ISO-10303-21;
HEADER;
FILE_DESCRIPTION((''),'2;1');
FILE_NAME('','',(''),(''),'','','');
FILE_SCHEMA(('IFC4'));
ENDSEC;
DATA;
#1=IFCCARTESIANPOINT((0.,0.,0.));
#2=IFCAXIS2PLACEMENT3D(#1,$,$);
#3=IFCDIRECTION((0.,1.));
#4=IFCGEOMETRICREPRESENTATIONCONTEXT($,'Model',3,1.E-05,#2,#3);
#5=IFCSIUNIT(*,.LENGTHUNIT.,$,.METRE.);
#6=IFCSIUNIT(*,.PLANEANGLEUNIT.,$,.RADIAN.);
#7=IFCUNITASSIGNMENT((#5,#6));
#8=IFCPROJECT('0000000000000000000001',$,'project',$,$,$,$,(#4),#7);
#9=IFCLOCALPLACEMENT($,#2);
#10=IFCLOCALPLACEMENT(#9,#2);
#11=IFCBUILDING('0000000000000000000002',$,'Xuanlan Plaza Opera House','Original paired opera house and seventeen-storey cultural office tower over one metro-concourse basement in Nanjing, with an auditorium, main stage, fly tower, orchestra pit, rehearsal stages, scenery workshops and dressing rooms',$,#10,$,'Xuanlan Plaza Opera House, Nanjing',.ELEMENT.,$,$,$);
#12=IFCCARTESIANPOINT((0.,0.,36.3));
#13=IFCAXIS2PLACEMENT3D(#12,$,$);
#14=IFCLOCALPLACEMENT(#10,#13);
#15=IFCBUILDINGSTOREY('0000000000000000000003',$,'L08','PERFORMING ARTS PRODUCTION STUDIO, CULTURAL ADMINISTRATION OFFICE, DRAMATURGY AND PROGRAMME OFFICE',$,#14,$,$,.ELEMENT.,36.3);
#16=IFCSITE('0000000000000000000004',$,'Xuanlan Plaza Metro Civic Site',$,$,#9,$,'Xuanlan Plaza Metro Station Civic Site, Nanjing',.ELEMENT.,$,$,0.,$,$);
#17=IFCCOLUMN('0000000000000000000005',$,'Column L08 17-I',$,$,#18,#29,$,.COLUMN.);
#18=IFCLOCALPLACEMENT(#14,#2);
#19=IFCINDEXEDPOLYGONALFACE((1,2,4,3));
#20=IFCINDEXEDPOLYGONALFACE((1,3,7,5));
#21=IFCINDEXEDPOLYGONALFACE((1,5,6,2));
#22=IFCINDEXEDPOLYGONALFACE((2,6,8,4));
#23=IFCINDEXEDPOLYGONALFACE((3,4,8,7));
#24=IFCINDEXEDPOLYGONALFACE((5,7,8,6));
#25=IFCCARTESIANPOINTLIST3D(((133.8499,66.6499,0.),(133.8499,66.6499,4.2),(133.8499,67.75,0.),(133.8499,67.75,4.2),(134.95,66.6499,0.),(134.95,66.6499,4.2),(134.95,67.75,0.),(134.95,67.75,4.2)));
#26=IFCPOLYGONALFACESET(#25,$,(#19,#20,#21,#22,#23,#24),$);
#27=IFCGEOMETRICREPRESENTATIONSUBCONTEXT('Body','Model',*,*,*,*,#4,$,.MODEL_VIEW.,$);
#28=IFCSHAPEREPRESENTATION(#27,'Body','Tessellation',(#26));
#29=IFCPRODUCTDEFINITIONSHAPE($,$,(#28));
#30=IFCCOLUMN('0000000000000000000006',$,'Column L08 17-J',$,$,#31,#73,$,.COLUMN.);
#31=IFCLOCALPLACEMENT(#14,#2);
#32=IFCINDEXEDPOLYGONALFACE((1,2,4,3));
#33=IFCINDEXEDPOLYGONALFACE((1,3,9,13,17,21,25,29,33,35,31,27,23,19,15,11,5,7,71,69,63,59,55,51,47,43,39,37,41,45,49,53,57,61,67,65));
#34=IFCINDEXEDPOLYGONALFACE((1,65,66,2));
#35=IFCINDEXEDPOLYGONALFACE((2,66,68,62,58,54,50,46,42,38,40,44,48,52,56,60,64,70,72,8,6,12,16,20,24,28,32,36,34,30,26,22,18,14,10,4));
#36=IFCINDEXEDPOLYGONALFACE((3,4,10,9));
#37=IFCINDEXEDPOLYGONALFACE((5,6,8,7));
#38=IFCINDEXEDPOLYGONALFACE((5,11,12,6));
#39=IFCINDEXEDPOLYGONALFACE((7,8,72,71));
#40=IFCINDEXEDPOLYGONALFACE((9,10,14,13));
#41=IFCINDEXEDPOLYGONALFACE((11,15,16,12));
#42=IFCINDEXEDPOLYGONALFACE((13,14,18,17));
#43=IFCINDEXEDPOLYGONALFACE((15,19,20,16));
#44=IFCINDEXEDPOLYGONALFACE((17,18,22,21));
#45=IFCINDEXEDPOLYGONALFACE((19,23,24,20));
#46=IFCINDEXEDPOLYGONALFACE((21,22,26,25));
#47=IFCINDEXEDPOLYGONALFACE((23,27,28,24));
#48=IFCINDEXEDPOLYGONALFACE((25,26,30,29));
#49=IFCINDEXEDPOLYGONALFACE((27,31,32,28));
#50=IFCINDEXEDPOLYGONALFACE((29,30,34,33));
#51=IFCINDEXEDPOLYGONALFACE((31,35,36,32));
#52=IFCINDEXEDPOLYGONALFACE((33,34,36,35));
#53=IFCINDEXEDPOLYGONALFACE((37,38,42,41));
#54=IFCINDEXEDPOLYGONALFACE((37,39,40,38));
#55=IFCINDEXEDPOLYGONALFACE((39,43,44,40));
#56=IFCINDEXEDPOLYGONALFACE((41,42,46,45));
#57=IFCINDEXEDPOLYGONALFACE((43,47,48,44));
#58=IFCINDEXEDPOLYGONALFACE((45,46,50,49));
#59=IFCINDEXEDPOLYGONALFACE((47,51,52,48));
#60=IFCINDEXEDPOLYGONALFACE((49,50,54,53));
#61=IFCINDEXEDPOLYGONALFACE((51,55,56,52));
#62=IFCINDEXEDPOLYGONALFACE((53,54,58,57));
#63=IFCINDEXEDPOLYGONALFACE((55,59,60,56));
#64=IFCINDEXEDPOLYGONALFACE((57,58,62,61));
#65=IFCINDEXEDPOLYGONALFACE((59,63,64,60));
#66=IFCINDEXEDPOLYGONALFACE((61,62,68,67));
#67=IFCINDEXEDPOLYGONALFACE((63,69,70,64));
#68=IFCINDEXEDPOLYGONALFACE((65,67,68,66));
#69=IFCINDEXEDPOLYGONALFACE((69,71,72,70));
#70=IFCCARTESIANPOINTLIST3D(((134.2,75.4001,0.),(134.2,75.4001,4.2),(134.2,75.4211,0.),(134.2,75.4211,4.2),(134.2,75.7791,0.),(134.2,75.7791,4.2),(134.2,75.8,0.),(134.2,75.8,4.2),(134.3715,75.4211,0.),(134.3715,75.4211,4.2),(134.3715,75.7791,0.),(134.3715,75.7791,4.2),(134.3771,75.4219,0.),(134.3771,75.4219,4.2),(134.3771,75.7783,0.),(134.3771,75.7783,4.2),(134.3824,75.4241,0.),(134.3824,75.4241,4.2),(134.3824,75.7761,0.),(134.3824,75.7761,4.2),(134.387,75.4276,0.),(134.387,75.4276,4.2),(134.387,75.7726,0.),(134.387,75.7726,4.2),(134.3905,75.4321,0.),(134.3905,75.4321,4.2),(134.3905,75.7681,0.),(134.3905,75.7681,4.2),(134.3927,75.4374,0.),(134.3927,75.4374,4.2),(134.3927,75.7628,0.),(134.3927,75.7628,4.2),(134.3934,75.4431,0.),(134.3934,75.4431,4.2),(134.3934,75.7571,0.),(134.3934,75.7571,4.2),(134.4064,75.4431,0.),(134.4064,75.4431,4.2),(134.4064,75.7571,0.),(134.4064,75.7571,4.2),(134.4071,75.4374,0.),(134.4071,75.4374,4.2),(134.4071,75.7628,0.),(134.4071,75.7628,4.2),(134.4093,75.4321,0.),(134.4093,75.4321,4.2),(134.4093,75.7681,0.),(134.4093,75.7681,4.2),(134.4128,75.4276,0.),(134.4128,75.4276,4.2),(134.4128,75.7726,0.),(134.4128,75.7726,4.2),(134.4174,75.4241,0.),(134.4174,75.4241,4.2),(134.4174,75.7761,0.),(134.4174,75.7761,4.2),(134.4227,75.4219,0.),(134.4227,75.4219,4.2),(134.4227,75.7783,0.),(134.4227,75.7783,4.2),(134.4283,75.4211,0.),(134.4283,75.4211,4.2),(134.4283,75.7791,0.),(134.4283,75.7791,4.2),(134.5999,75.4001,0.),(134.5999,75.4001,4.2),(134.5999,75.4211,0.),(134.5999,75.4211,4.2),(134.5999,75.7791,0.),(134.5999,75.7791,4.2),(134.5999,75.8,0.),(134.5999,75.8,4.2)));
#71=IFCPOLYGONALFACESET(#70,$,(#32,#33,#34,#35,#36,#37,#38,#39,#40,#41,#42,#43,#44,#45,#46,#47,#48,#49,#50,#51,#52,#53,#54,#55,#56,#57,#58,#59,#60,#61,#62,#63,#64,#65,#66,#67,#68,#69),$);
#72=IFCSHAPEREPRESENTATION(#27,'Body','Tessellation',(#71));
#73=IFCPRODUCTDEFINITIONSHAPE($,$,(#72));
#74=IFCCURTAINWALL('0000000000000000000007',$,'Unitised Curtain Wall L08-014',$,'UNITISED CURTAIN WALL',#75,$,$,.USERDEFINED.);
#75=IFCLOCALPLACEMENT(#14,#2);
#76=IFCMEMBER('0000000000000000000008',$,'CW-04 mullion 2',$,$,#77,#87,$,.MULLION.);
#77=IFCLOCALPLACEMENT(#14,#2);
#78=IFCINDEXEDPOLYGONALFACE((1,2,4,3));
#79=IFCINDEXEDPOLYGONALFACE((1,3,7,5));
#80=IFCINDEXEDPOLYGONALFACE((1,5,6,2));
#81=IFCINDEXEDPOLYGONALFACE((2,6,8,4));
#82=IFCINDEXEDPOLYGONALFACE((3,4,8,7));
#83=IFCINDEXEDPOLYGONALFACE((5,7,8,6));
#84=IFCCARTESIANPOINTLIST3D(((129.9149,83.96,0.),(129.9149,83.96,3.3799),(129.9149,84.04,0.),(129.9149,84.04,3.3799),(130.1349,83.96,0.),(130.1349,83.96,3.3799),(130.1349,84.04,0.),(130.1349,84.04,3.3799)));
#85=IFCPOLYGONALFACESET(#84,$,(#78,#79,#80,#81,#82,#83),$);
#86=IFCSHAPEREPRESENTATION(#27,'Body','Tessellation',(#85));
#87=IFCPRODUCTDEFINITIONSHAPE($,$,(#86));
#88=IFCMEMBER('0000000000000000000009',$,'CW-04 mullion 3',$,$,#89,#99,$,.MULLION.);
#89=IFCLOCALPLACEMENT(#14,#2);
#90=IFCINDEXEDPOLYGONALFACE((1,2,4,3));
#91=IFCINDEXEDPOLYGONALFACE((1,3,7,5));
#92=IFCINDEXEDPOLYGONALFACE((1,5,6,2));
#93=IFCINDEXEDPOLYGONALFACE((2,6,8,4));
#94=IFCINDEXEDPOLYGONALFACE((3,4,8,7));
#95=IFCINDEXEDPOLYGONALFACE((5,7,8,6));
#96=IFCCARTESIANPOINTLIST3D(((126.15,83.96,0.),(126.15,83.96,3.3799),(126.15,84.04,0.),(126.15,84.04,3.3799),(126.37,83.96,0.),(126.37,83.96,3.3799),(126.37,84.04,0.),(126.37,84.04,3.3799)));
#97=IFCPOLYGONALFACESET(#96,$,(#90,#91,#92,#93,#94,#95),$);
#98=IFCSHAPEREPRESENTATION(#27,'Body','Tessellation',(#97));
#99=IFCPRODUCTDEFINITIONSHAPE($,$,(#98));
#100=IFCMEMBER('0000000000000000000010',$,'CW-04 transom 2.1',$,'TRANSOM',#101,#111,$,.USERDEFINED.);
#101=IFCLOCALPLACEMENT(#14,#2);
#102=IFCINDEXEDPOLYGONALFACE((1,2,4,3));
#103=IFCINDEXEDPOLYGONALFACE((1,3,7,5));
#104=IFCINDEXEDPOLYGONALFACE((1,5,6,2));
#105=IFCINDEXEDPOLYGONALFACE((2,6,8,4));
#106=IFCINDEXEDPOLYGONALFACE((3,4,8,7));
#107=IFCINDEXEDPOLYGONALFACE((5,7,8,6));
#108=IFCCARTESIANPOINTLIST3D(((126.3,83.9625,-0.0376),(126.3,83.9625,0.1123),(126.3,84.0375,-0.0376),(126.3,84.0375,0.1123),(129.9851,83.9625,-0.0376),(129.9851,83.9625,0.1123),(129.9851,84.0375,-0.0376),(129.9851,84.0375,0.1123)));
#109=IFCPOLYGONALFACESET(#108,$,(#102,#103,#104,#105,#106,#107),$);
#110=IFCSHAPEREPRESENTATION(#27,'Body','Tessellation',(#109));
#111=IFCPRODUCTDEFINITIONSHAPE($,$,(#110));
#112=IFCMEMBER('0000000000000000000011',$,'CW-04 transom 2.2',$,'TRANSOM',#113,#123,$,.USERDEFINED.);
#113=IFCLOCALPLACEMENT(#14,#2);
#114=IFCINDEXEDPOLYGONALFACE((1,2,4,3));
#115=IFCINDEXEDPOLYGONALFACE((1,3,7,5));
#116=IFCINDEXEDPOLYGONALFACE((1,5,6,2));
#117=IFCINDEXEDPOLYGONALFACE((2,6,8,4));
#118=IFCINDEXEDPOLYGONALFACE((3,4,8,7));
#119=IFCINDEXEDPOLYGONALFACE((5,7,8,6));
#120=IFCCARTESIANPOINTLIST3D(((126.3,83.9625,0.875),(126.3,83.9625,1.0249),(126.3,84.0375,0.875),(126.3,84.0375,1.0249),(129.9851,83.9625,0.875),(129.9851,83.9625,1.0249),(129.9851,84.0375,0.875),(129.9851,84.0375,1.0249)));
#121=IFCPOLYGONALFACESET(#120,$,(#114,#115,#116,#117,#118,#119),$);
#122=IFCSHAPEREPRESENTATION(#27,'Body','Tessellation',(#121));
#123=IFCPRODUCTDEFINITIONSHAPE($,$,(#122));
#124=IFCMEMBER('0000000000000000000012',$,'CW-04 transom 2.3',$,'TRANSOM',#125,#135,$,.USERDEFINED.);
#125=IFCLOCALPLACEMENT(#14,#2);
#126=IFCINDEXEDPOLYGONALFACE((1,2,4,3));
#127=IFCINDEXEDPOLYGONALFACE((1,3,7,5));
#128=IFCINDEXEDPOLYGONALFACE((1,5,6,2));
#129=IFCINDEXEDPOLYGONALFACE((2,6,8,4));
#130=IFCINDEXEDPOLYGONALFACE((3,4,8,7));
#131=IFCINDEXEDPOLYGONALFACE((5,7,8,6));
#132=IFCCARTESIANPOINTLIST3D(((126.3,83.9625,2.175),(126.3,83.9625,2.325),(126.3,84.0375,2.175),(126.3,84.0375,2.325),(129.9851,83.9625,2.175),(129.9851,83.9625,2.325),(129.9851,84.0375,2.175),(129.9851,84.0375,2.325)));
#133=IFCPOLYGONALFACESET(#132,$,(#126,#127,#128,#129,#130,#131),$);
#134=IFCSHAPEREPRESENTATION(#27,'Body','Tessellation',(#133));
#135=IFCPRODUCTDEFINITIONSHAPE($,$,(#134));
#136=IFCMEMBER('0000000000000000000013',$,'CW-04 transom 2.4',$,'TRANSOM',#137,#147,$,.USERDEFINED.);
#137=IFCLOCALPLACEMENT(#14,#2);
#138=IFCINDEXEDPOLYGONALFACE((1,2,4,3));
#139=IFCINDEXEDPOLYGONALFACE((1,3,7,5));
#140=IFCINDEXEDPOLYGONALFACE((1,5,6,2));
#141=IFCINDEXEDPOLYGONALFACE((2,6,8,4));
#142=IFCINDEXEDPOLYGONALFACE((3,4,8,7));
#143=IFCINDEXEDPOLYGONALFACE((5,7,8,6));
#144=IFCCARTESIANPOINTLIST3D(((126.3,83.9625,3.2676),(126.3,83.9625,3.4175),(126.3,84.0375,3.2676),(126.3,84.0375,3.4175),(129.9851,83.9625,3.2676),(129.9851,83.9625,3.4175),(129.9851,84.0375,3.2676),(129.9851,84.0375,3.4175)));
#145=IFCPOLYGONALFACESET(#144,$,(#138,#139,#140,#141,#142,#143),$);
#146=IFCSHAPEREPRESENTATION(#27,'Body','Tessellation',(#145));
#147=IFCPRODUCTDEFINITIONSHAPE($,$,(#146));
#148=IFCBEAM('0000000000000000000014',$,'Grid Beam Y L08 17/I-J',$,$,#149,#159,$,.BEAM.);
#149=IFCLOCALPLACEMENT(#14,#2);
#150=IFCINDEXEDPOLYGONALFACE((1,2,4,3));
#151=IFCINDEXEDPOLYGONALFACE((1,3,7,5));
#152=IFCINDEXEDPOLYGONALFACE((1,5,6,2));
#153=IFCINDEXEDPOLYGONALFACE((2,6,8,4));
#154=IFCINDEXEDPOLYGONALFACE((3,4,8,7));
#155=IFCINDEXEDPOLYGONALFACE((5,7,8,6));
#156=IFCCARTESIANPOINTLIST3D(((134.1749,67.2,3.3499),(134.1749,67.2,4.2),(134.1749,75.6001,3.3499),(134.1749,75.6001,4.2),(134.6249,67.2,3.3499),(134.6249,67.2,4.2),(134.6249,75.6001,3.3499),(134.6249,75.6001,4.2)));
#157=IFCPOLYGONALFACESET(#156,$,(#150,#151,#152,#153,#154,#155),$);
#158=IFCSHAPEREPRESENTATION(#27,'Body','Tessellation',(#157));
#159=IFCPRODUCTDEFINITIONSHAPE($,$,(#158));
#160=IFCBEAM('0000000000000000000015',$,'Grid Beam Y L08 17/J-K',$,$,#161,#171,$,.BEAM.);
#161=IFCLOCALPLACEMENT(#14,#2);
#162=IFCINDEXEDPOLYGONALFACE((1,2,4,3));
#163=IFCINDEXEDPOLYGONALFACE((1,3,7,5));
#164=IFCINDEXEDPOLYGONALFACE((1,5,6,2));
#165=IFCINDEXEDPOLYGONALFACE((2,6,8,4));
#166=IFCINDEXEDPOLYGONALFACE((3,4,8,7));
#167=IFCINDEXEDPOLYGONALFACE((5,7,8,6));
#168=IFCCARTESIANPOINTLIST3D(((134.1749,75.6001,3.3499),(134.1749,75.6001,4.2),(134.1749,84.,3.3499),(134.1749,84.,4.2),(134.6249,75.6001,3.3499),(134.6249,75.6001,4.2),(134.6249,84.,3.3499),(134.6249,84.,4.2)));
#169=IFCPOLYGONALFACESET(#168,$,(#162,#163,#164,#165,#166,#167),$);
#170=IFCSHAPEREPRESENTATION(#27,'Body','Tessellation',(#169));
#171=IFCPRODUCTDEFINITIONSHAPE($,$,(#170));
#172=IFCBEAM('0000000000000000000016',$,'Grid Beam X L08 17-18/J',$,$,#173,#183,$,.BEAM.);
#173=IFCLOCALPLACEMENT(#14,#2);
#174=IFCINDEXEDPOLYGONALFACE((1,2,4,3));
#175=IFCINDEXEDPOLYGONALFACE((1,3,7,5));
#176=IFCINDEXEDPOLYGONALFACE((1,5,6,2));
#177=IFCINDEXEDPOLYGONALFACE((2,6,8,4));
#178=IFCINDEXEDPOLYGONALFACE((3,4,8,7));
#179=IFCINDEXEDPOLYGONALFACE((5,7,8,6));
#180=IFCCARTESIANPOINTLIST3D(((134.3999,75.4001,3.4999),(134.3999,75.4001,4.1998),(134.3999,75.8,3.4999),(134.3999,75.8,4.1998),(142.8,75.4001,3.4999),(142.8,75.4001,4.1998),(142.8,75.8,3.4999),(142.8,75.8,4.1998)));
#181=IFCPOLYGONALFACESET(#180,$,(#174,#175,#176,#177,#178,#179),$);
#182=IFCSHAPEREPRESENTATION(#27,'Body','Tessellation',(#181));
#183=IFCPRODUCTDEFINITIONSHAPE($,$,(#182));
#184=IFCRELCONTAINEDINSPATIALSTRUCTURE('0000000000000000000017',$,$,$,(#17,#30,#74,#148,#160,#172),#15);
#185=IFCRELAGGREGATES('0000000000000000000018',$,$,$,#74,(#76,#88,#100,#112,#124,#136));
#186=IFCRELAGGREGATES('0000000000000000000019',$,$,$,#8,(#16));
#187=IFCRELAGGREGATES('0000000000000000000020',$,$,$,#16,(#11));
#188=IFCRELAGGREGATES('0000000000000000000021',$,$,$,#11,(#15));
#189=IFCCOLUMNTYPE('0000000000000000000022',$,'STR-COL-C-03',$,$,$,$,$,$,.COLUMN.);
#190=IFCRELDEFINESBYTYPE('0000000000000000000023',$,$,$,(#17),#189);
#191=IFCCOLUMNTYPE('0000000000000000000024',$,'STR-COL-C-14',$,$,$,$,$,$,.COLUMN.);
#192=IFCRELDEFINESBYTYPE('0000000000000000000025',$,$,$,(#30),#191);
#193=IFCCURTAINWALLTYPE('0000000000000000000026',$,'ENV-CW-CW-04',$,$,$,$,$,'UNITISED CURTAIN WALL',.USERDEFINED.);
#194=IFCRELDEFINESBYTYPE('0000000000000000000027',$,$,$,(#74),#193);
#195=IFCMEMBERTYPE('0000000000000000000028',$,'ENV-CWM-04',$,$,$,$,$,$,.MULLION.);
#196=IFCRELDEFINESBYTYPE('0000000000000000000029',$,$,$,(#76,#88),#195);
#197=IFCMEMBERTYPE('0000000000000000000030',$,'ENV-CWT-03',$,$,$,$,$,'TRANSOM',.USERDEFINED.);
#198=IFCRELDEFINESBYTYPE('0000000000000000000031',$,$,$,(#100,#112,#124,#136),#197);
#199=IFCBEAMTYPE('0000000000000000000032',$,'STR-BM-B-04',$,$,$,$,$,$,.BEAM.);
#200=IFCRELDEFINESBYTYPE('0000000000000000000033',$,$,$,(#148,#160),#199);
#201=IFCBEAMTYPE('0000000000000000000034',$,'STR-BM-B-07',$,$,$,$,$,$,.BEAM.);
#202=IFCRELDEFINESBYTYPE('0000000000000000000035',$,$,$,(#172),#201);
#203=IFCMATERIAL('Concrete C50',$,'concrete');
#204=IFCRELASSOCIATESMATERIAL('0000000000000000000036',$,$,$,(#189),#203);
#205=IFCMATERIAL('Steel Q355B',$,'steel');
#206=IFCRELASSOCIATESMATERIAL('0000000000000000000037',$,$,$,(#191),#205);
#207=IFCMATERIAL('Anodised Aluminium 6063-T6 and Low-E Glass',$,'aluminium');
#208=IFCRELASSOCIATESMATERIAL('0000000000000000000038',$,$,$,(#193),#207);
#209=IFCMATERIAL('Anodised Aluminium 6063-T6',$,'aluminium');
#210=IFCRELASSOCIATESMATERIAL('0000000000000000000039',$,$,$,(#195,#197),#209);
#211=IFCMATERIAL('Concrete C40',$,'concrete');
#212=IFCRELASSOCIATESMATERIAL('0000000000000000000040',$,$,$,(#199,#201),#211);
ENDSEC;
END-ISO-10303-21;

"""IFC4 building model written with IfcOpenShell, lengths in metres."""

from ifc_helpers import new_model, si_unit, direction, frame, origin, origin_2d, place, context, subcontext, project, spatial, rectangle, i_section, extrude, material, material_profile, profile_set, type_object, element, aggregate, save


model = new_model("IFC4")

# Units and contexts
model_context = context("Model", 3, precision=1e-05, world=origin(), true_north=direction((0.0, 1.0)))
body_context = subcontext(model_context, "Body", "Model", "MODEL_VIEW")
ifc_project = project(units=[si_unit("LENGTHUNIT", "METRE"), si_unit("PLANEANGLEUNIT", "RADIAN")], contexts=[model_context])

# Site, building, storey
site_placement = place(None, origin())
site = spatial("IfcSite", under=ifc_project, at=site_placement, Name="Xuanlan Plaza Metro Civic Site", LongName="Xuanlan Plaza Metro Station Civic Site, Nanjing", CompositionType="ELEMENT", RefElevation=0.0)
building_placement = place(site_placement, origin())
building = spatial("IfcBuilding", under=site, at=building_placement, Name="Xuanlan Plaza Opera House", Description="Original paired opera house and seventeen-storey cultural office tower over one metro-concourse basement in Nanjing, with an auditorium, main stage, fly tower, orchestra pit, rehearsal stages, scenery workshops and dressing rooms", LongName="Xuanlan Plaza Opera House, Nanjing", CompositionType="ELEMENT")
storey_placement = place(building_placement, frame((0.0, 0.0, 36.3)))
storey = spatial("IfcBuildingStorey", under=building, at=storey_placement, Name="L08", Description="PERFORMING ARTS PRODUCTION STUDIO, CULTURAL ADMINISTRATION OFFICE, DRAMATURGY AND PROGRAMME OFFICE", CompositionType="ELEMENT", Elevation=36.3)

# Columns
ifc_material_1 = material(Name="Concrete C50", Category="concrete")
ifc_material_profile_1 = material_profile(ifc_material_1, rectangle(XDim=1.1001, YDim=1.1001, at=origin_2d()), Name="RC-COL 1100x1100")
ifc_profile_set_1 = profile_set([ifc_material_profile_1], Name="Concrete C50")
column_type_1 = type_object("IfcColumnType", Name="STR-COL-C-03", PredefinedType="COLUMN", material=ifc_profile_set_1)
column_1_placement = place(storey_placement, frame((134.3999, 67.2, 0.0), z_axis=(0.0, 0.0, 1.0), x_axis=(1.0, 0.0, 0.0)))
element("IfcColumn", 1, at=column_1_placement, inside=storey, type_object=column_type_1, Name="Column L08 17-I", PredefinedType="COLUMN", context=body_context, shape_type="SweptSolid", body=[
    extrude(rectangle(XDim=1.1001, YDim=1.1001, at=origin_2d()), origin(), (0.0, 0.0, 1.0), 4.2),
])
ifc_material_2 = material(Name="Steel Q355B", Category="steel")
ifc_material_profile_2 = material_profile(ifc_material_2, i_section(OverallWidth=0.3999, OverallDepth=0.3999, WebThickness=0.0129, FlangeThickness=0.021, FilletRadius=0.022, at=origin_2d()), Name="HW 400x400x13x21")
ifc_profile_set_2 = profile_set([ifc_material_profile_2], Name="Steel Q355B")
column_type_2 = type_object("IfcColumnType", Name="STR-COL-C-14", PredefinedType="COLUMN", material=ifc_profile_set_2)
column_2_placement = place(storey_placement, frame((134.3999, 75.6001, 0.0), z_axis=(0.0, 0.0, 1.0), x_axis=(1.0, 0.0, 0.0)))
element("IfcColumn", 2, at=column_2_placement, inside=storey, type_object=column_type_2, Name="Column L08 17-J", PredefinedType="COLUMN", context=body_context, shape_type="SweptSolid", body=[
    extrude(i_section(OverallWidth=0.3999, OverallDepth=0.3999, WebThickness=0.0129, FlangeThickness=0.021, FilletRadius=0.022, at=origin_2d()), origin(), (0.0, 0.0, 1.0), 4.2),
])

# Curtain wall, members
ifc_material_3 = material(Name="Anodised Aluminium 6063-T6 and Low-E Glass", Category="aluminium")
curtain_wall_type = type_object("IfcCurtainWallType", Name="ENV-CW-CW-04", ElementType="UNITISED CURTAIN WALL", PredefinedType="USERDEFINED", material=ifc_material_3)
curtain_wall_placement = place(storey_placement, origin())
curtain_wall = element("IfcCurtainWall", 3, at=curtain_wall_placement, inside=storey, type_object=curtain_wall_type, Name="Unitised Curtain Wall L08-014", ObjectType="UNITISED CURTAIN WALL", PredefinedType="USERDEFINED")
ifc_material_4 = material(Name="Anodised Aluminium 6063-T6", Category="aluminium")
ifc_material_profile_3 = material_profile(ifc_material_4, rectangle(XDim=0.0801, YDim=0.22, at=origin_2d()), Name="ALU-M 80x220")
ifc_profile_set_3 = profile_set([ifc_material_profile_3], Name="Anodised Aluminium 6063-T6")
member_type_1 = type_object("IfcMemberType", Name="ENV-CWM-04", PredefinedType="MULLION", material=ifc_profile_set_3)
member_1_placement = place(storey_placement, frame((130.0249, 84.0, 0.0), z_axis=(0.0, 0.0, 1.0), x_axis=(0.0, -1.0, 0.0)))
member_1 = element("IfcMember", 4, at=member_1_placement, type_object=member_type_1, Name="CW-04 mullion 2", PredefinedType="MULLION", context=body_context, shape_type="SweptSolid", body=[
    extrude(rectangle(XDim=0.0801, YDim=0.22, at=origin_2d()), origin(), (0.0, 0.0, 1.0), 3.3799),
])
member_2_placement = place(storey_placement, frame((126.26, 84.0, 0.0), z_axis=(0.0, 0.0, 1.0), x_axis=(0.0, -1.0, 0.0)))
member_2 = element("IfcMember", 5, at=member_2_placement, type_object=member_type_1, Name="CW-04 mullion 3", PredefinedType="MULLION", context=body_context, shape_type="SweptSolid", body=[
    extrude(rectangle(XDim=0.0801, YDim=0.22, at=origin_2d()), origin(), (0.0, 0.0, 1.0), 3.3799),
])
ifc_material_profile_4 = material_profile(ifc_material_4, rectangle(XDim=0.075, YDim=0.1499, at=origin_2d()), Name="ALU-T 75x150")
ifc_profile_set_4 = profile_set([ifc_material_profile_4], Name="Anodised Aluminium 6063-T6")
member_type_2 = type_object("IfcMemberType", Name="ENV-CWT-03", ElementType="TRANSOM", PredefinedType="USERDEFINED", material=ifc_profile_set_4)
member_3_placement = place(storey_placement, frame((129.9851, 84.0, 0.0374), z_axis=(-1.0, 0.0, 0.0), x_axis=(0.0, -1.0, 0.0)))
member_3 = element("IfcMember", 6, at=member_3_placement, type_object=member_type_2, Name="CW-04 transom 2.1", ObjectType="TRANSOM", PredefinedType="USERDEFINED", context=body_context, shape_type="SweptSolid", body=[
    extrude(rectangle(XDim=0.075, YDim=0.1499, at=origin_2d()), origin(), (0.0, 0.0, 1.0), 3.6851),
])
member_4_placement = place(storey_placement, frame((129.9851, 84.0, 0.95), z_axis=(-1.0, 0.0, 0.0), x_axis=(0.0, -1.0, 0.0)))
member_4 = element("IfcMember", 7, at=member_4_placement, type_object=member_type_2, Name="CW-04 transom 2.2", ObjectType="TRANSOM", PredefinedType="USERDEFINED", context=body_context, shape_type="SweptSolid", body=[
    extrude(rectangle(XDim=0.075, YDim=0.1499, at=origin_2d()), origin(), (0.0, 0.0, 1.0), 3.6851),
])
member_5_placement = place(storey_placement, frame((129.9851, 84.0, 2.25), z_axis=(-1.0, 0.0, 0.0), x_axis=(0.0, -1.0, 0.0)))
member_5 = element("IfcMember", 8, at=member_5_placement, type_object=member_type_2, Name="CW-04 transom 2.3", ObjectType="TRANSOM", PredefinedType="USERDEFINED", context=body_context, shape_type="SweptSolid", body=[
    extrude(rectangle(XDim=0.075, YDim=0.1499, at=origin_2d()), origin(), (0.0, 0.0, 1.0), 3.6851),
])
member_6_placement = place(storey_placement, frame((129.9851, 84.0, 3.3425), z_axis=(-1.0, 0.0, 0.0), x_axis=(0.0, -1.0, 0.0)))
member_6 = element("IfcMember", 9, at=member_6_placement, type_object=member_type_2, Name="CW-04 transom 2.4", ObjectType="TRANSOM", PredefinedType="USERDEFINED", context=body_context, shape_type="SweptSolid", body=[
    extrude(rectangle(XDim=0.075, YDim=0.1499, at=origin_2d()), origin(), (0.0, 0.0, 1.0), 3.6851),
])

# Beams
ifc_material_5 = material(Name="Concrete C40", Category="concrete")
ifc_material_profile_5 = material_profile(ifc_material_5, rectangle(XDim=0.45, YDim=0.8501, at=origin_2d()), Name="RC-BM 450x850")
ifc_profile_set_5 = profile_set([ifc_material_profile_5], Name="Concrete C40")
beam_type_1 = type_object("IfcBeamType", Name="STR-BM-B-04", PredefinedType="BEAM", material=ifc_profile_set_5)
beam_1_placement = place(storey_placement, frame((134.3999, 67.2, 3.7749), z_axis=(0.0, 1.0, 0.0), x_axis=(-1.0, 0.0, 0.0)))
element("IfcBeam", 10, at=beam_1_placement, inside=storey, type_object=beam_type_1, Name="Grid Beam Y L08 17/I-J", PredefinedType="BEAM", context=body_context, shape_type="SweptSolid", body=[
    extrude(rectangle(XDim=0.45, YDim=0.8501, at=origin_2d()), origin(), (0.0, 0.0, 1.0), 8.4001),
])
beam_2_placement = place(storey_placement, frame((134.3999, 75.6001, 3.7749), z_axis=(0.0, 1.0, 0.0), x_axis=(-1.0, 0.0, 0.0)))
element("IfcBeam", 11, at=beam_2_placement, inside=storey, type_object=beam_type_1, Name="Grid Beam Y L08 17/J-K", PredefinedType="BEAM", context=body_context, shape_type="SweptSolid", body=[
    extrude(rectangle(XDim=0.45, YDim=0.8501, at=origin_2d()), origin(), (0.0, 0.0, 1.0), 8.3999),
])
ifc_material_profile_6 = material_profile(ifc_material_5, rectangle(XDim=0.3999, YDim=0.7, at=origin_2d()), Name="RC-BM 400x700")
ifc_profile_set_6 = profile_set([ifc_material_profile_6], Name="Concrete C40")
beam_type_2 = type_object("IfcBeamType", Name="STR-BM-B-07", PredefinedType="BEAM", material=ifc_profile_set_6)
beam_3_placement = place(storey_placement, frame((134.3999, 75.6001, 3.8499), z_axis=(1.0, 0.0, 0.0), x_axis=(0.0, 1.0, 0.0)))
element("IfcBeam", 12, at=beam_3_placement, inside=storey, type_object=beam_type_2, Name="Grid Beam X L08 17-18/J", PredefinedType="BEAM", context=body_context, shape_type="SweptSolid", body=[
    extrude(rectangle(XDim=0.3999, YDim=0.7, at=origin_2d()), origin(), (0.0, 0.0, 1.0), 8.4001),
])

aggregate(curtain_wall, [member_1, member_2, member_3, member_4, member_5, member_6])

save(model, "model.ifc")
